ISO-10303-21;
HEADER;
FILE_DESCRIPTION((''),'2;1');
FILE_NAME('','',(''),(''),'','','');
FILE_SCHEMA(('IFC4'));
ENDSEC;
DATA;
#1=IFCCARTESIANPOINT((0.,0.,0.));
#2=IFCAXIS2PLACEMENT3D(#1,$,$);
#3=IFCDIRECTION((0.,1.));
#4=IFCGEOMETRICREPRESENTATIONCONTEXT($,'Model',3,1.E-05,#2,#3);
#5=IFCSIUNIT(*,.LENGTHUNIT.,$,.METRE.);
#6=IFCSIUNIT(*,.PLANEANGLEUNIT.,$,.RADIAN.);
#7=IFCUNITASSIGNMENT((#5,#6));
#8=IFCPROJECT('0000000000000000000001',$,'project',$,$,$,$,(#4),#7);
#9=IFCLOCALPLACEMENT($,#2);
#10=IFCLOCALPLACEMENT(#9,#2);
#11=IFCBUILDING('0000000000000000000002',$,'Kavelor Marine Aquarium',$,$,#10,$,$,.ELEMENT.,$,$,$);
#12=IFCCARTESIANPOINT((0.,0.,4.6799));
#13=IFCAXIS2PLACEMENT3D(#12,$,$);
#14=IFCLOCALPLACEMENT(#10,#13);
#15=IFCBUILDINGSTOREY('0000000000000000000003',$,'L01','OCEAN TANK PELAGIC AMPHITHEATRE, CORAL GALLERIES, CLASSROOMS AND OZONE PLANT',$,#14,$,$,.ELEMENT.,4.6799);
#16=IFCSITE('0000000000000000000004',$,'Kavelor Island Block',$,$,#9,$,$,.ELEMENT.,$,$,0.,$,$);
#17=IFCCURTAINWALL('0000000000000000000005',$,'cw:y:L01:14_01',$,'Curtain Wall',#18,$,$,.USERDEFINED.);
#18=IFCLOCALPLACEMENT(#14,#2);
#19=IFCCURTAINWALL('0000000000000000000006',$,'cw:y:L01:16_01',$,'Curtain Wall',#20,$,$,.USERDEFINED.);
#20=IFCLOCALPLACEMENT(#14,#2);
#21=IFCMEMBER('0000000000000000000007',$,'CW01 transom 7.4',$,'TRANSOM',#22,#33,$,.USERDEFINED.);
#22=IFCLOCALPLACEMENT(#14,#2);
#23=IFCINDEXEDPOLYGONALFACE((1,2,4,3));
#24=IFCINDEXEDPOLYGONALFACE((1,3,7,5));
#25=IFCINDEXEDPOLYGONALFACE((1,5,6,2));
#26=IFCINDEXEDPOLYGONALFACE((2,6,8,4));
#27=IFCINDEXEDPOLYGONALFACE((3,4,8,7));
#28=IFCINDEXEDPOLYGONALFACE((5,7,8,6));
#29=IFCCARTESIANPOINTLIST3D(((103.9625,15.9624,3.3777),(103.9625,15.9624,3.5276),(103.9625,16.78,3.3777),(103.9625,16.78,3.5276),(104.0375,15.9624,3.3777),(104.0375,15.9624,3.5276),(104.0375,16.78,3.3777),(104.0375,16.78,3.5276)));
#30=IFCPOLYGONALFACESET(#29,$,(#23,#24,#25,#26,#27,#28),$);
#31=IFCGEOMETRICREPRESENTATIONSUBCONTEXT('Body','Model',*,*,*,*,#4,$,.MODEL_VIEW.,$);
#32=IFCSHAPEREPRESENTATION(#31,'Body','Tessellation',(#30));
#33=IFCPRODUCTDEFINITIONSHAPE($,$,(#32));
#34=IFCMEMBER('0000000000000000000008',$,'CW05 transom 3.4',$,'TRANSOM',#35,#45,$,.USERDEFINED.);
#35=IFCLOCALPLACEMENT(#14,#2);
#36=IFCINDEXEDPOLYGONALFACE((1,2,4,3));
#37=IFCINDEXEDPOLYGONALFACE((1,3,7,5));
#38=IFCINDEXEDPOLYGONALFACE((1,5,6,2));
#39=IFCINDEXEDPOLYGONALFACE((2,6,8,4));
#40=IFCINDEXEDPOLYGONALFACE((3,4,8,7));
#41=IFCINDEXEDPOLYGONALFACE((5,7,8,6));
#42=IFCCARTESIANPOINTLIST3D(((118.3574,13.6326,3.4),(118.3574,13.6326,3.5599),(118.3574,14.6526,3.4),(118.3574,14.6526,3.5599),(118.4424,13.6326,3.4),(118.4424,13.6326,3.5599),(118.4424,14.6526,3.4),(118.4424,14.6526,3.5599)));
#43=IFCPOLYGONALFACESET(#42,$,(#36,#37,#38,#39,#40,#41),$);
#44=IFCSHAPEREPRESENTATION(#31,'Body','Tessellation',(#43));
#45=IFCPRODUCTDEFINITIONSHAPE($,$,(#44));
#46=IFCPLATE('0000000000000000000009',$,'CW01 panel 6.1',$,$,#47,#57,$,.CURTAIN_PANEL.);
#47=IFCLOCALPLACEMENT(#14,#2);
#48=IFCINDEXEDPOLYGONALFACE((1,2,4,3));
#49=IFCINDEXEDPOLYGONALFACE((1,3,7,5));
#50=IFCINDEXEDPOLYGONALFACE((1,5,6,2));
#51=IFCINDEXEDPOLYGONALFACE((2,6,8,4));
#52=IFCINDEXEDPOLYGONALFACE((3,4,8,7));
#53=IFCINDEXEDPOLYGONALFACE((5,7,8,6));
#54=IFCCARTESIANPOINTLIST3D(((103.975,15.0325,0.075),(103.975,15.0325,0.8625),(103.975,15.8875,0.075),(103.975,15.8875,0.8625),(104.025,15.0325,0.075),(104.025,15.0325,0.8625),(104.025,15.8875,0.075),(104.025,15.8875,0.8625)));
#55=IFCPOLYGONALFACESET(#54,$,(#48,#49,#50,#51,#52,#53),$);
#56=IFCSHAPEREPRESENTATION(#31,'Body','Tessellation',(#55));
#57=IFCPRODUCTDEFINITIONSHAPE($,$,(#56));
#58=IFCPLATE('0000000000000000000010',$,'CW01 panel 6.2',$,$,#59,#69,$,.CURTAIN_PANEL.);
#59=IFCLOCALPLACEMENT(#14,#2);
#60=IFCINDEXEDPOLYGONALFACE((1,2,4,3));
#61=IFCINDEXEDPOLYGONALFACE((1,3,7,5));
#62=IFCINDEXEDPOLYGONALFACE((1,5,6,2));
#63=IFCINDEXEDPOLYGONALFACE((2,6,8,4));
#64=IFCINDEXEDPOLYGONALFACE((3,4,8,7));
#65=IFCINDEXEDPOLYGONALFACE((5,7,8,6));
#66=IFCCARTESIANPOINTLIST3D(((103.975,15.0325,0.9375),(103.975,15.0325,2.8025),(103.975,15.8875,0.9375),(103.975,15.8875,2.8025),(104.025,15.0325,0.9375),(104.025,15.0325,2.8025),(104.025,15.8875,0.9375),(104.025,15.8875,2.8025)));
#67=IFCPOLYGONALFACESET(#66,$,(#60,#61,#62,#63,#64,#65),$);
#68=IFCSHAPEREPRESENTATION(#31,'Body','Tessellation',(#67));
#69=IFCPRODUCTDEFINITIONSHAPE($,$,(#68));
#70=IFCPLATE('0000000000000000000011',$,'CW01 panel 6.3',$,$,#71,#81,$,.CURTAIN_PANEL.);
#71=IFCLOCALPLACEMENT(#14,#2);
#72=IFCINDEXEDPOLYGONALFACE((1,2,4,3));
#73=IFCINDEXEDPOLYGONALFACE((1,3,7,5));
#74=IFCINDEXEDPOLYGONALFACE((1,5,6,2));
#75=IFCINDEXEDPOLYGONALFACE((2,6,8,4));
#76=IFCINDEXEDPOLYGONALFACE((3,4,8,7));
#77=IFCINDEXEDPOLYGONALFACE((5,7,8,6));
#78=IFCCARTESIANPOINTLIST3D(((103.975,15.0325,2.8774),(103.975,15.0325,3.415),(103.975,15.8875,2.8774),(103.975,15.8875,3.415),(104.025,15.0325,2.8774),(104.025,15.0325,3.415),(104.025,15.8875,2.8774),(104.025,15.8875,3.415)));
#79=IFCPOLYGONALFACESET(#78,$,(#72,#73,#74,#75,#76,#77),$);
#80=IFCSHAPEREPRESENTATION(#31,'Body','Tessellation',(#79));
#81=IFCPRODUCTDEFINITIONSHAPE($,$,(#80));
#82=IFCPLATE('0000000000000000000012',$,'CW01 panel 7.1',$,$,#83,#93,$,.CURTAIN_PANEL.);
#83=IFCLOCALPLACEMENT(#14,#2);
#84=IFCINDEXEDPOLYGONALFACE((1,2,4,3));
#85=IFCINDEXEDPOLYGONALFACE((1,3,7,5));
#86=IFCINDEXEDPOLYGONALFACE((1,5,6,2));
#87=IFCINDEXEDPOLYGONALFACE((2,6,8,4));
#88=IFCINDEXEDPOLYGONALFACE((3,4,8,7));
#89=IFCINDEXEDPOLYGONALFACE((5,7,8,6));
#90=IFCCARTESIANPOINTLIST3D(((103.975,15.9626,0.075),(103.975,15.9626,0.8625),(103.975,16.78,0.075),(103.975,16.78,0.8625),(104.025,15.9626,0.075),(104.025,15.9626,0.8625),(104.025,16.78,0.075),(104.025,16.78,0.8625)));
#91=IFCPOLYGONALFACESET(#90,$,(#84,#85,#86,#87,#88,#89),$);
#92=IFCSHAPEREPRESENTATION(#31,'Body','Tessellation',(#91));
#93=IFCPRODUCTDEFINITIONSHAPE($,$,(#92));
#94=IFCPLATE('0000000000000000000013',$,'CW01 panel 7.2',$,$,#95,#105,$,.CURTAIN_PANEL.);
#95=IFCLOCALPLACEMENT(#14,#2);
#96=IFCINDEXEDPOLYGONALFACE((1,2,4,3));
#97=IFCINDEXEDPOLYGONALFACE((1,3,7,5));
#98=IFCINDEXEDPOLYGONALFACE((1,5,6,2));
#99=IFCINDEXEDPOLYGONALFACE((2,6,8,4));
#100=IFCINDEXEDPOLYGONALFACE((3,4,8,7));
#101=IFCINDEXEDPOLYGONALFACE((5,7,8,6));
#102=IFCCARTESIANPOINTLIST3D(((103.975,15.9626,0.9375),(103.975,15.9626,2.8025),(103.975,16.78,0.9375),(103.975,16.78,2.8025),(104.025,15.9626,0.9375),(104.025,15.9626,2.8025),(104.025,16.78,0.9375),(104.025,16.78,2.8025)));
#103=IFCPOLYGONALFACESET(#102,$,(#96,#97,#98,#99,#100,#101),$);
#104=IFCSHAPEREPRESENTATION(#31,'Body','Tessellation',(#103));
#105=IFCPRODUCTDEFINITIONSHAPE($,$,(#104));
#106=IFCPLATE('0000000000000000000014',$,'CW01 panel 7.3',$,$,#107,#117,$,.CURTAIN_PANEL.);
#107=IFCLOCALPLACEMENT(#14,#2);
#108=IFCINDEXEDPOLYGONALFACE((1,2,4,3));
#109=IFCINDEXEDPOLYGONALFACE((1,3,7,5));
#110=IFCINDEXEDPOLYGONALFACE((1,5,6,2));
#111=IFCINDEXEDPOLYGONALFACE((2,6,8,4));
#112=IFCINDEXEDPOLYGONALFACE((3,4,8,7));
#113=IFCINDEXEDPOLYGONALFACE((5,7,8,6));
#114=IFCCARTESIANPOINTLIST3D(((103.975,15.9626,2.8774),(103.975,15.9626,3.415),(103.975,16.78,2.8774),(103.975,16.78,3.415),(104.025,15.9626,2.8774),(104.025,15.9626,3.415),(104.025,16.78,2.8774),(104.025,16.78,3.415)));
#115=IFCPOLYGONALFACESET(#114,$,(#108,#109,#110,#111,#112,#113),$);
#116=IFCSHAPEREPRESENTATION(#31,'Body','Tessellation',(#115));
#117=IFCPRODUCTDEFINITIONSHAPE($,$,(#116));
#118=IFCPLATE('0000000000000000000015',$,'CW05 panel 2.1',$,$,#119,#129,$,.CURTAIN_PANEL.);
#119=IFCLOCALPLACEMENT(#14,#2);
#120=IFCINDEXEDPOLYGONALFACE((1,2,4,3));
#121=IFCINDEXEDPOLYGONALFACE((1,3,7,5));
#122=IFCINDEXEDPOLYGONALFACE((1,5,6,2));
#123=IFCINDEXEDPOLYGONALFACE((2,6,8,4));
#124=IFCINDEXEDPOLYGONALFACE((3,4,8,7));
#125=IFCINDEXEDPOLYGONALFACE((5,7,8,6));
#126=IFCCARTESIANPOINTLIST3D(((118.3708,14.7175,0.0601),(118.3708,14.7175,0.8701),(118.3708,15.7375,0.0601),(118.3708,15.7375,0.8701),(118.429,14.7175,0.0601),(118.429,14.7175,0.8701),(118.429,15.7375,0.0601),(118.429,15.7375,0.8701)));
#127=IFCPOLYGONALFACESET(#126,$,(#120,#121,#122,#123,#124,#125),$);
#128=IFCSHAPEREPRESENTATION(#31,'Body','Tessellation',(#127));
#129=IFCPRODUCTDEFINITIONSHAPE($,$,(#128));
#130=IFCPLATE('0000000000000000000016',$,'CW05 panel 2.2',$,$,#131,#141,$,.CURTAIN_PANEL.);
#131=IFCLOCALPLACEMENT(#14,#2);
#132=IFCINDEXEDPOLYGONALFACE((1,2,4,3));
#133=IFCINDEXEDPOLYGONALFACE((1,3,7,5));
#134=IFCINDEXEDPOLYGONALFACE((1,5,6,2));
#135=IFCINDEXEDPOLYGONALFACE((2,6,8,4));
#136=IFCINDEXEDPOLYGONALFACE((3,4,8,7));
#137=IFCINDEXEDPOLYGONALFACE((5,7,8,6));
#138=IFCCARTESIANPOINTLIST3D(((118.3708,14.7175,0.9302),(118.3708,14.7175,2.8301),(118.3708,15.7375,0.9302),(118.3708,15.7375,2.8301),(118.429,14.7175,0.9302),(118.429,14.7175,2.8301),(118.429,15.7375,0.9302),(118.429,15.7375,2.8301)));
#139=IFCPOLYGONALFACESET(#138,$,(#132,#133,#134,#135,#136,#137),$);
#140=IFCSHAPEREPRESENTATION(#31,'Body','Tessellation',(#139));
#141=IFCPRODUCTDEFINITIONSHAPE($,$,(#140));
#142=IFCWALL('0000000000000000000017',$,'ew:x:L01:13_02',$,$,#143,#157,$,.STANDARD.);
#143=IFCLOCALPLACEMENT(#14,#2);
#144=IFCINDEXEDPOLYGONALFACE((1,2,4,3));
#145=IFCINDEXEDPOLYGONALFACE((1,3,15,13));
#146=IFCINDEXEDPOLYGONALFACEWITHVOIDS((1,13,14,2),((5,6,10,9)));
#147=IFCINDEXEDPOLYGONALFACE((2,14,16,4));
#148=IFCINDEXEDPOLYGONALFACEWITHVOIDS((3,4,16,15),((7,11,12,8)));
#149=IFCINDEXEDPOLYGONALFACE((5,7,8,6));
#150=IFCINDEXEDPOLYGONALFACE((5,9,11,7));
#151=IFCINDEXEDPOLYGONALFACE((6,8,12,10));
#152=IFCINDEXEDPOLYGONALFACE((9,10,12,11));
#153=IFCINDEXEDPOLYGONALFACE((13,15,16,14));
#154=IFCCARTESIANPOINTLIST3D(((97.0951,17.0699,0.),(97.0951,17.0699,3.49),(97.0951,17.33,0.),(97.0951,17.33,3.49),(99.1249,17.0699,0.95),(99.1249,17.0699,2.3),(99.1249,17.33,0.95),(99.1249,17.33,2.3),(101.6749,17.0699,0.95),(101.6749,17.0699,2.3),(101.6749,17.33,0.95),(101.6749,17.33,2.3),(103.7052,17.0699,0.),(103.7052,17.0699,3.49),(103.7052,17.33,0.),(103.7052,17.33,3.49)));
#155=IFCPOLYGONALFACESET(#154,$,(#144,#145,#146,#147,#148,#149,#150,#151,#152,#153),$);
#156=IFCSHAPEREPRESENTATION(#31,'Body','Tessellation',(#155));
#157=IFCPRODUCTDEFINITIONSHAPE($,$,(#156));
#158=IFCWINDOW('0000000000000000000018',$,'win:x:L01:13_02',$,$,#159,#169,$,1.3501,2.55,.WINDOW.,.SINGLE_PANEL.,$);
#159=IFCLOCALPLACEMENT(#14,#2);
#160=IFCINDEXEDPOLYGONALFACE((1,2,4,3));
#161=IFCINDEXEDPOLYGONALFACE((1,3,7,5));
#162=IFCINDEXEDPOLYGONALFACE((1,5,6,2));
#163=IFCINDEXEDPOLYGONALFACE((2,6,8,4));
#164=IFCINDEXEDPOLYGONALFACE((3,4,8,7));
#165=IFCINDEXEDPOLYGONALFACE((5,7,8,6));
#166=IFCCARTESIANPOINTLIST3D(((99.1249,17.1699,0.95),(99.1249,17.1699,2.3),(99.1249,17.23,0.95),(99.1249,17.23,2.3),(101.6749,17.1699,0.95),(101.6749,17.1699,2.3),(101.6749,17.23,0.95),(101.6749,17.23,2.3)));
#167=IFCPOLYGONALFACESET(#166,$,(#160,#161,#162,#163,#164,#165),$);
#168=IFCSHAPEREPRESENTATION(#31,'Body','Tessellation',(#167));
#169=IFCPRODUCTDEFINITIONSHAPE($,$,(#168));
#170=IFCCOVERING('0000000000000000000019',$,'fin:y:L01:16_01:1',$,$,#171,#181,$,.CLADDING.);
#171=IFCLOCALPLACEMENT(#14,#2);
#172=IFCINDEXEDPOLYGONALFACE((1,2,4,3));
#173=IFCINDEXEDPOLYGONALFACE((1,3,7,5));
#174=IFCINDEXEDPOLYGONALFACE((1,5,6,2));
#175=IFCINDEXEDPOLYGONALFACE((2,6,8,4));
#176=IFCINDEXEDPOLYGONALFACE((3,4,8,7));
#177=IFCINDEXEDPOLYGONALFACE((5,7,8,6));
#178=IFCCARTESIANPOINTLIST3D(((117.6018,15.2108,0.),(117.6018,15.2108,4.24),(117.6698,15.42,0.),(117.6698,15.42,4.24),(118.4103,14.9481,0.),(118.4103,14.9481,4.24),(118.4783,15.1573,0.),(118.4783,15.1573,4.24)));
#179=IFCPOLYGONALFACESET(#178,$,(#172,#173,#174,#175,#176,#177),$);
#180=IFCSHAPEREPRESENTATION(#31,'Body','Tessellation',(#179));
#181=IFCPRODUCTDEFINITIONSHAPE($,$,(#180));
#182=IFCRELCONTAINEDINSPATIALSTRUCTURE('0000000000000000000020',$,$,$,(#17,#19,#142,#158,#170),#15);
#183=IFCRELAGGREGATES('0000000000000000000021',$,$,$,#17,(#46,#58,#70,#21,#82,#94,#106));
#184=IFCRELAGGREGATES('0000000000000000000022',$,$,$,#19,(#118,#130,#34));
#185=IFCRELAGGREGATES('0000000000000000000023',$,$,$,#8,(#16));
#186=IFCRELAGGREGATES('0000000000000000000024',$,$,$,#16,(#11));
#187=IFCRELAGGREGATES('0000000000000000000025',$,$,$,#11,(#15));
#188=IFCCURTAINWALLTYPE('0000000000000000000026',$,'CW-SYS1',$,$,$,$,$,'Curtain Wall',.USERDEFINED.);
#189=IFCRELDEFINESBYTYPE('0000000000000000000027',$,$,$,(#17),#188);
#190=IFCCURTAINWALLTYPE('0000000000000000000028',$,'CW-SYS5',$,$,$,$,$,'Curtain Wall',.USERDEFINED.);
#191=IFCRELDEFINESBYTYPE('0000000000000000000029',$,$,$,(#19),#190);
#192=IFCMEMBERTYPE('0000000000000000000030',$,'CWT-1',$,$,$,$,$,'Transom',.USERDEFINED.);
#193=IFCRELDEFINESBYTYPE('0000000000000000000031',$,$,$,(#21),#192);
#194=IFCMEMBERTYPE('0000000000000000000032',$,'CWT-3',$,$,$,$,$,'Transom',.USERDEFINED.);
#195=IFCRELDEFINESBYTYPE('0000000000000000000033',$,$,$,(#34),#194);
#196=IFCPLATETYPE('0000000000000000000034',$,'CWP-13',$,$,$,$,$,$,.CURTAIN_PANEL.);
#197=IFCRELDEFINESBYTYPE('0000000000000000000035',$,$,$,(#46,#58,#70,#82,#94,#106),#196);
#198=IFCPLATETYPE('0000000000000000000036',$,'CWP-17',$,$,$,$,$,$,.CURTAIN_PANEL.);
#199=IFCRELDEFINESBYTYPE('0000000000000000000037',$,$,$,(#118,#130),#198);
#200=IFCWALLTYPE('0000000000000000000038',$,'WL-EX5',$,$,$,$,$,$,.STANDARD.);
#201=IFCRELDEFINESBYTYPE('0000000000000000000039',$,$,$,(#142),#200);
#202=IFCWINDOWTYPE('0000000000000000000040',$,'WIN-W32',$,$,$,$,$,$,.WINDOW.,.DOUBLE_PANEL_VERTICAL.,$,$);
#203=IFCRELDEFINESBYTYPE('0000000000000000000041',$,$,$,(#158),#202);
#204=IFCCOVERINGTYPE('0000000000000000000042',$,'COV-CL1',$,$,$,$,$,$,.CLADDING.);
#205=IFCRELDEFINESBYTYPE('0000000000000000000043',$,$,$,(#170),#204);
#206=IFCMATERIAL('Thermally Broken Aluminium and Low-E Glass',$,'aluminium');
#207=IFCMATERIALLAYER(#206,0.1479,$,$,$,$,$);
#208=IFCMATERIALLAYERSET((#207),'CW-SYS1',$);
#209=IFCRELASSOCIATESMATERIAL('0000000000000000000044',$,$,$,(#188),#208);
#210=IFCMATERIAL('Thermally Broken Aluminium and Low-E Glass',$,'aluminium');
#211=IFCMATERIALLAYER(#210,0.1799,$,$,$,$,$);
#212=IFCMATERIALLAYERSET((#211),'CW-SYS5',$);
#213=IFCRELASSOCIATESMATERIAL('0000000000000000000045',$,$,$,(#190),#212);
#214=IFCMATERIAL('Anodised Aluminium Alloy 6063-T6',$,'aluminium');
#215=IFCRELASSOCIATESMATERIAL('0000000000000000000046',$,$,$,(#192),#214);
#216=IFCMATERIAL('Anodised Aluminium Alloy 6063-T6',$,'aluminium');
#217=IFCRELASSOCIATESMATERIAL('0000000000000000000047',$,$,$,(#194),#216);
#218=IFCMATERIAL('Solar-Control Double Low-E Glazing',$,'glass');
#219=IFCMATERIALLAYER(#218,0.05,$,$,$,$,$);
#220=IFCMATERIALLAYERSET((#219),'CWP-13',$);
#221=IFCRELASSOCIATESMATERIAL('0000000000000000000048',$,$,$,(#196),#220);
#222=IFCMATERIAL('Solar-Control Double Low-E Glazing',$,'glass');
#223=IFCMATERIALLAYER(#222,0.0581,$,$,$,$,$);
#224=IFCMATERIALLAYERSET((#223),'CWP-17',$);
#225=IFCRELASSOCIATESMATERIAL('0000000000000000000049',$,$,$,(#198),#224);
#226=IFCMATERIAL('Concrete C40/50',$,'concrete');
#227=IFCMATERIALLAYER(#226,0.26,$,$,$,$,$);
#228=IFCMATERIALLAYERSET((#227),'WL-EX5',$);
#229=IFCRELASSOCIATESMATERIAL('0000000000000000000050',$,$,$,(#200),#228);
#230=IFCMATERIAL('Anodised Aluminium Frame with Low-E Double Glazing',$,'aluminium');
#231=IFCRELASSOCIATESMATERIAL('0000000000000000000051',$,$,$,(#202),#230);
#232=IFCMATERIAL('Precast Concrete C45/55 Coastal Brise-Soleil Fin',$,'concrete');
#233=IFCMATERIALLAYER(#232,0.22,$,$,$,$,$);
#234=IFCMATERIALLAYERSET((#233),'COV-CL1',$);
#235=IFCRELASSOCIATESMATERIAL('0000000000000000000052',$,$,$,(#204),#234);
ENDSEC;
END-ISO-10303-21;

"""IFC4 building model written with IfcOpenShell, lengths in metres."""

from ifc_helpers import new_model, si_unit, direction, frame, frame_2d, origin, origin_2d, place, context, subcontext, project, spatial, rectangle, extrude, material, layer, layer_set, material_profile, profile_set, type_object, element, fill, aggregate, save


model = new_model("IFC4")

# Units and contexts
model_context = context("Model", 3, precision=1e-05, world=origin(), true_north=direction((0.0, 1.0)))
body_context = subcontext(model_context, "Body", "Model", "MODEL_VIEW")
ifc_project = project(units=[si_unit("LENGTHUNIT", "METRE"), si_unit("PLANEANGLEUNIT", "RADIAN")], contexts=[model_context])

# Site, building, storey
site_placement = place(None, origin())
site = spatial("IfcSite", under=ifc_project, at=site_placement, Name="Kavelor Island Block", CompositionType="ELEMENT", RefElevation=0.0)
building_placement = place(site_placement, origin())
building = spatial("IfcBuilding", under=site, at=building_placement, Name="Kavelor Marine Aquarium", CompositionType="ELEMENT")
storey_placement = place(building_placement, frame((0.0, 0.0, 4.6799)))
storey = spatial("IfcBuildingStorey", under=building, at=storey_placement, Name="L01", Description="OCEAN TANK PELAGIC AMPHITHEATRE, CORAL GALLERIES, CLASSROOMS AND OZONE PLANT", CompositionType="ELEMENT", Elevation=4.6799)

# Curtain wall
ifc_material_1 = material(Name="Thermally Broken Aluminium and Low-E Glass", Category="aluminium")
ifc_layer_1 = layer(ifc_material_1, 0.1479)
ifc_layer_set_1 = layer_set([ifc_layer_1], Name="CW-SYS1")
curtain_wall_type_1 = type_object("IfcCurtainWallType", Name="CW-SYS1", ElementType="Curtain Wall", PredefinedType="USERDEFINED", material=ifc_layer_set_1)
curtain_wall_1_placement = place(storey_placement, origin())
curtain_wall_1 = element("IfcCurtainWall", 1, at=curtain_wall_1_placement, inside=storey, type_object=curtain_wall_type_1, Name="cw:y:L01:14_01", ObjectType="Curtain Wall", PredefinedType="USERDEFINED")

# Curtain wall
ifc_material_2 = material(Name="Thermally Broken Aluminium and Low-E Glass", Category="aluminium")
ifc_layer_2 = layer(ifc_material_2, 0.1799)
ifc_layer_set_2 = layer_set([ifc_layer_2], Name="CW-SYS5")
curtain_wall_type_2 = type_object("IfcCurtainWallType", Name="CW-SYS5", ElementType="Curtain Wall", PredefinedType="USERDEFINED", material=ifc_layer_set_2)
curtain_wall_2_placement = place(storey_placement, origin())
curtain_wall_2 = element("IfcCurtainWall", 2, at=curtain_wall_2_placement, inside=storey, type_object=curtain_wall_type_2, Name="cw:y:L01:16_01", ObjectType="Curtain Wall", PredefinedType="USERDEFINED")

# Members
ifc_material_3 = material(Name="Anodised Aluminium Alloy 6063-T6", Category="aluminium")
ifc_material_profile_1 = material_profile(ifc_material_3, rectangle(XDim=0.075, YDim=0.1499, at=origin_2d()), Name="CW-TRN 75x150")
ifc_profile_set_1 = profile_set([ifc_material_profile_1], Name="Anodised Aluminium Alloy 6063-T6")
member_type_1 = type_object("IfcMemberType", Name="CWT-1", ElementType="Transom", PredefinedType="USERDEFINED", material=ifc_profile_set_1)
member_1_placement = place(storey_placement, frame((104.0, 15.9624, 3.4526), z_axis=(0.0, 1.0, 0.0), x_axis=(-1.0, 0.0, 0.0)))
member_1 = element("IfcMember", 3, at=member_1_placement, type_object=member_type_1, Name="CW01 transom 7.4", ObjectType="TRANSOM", PredefinedType="USERDEFINED", context=body_context, shape_type="SweptSolid", body=[
    extrude(rectangle(XDim=0.075, YDim=0.1499, at=origin_2d()), origin(), (0.0, 0.0, 1.0), 0.8176),
])
ifc_material_4 = material(Name="Anodised Aluminium Alloy 6063-T6", Category="aluminium")
ifc_material_profile_2 = material_profile(ifc_material_4, rectangle(XDim=0.085, YDim=0.1599, at=origin_2d()), Name="CW-TRN 85x160")
ifc_profile_set_2 = profile_set([ifc_material_profile_2], Name="Anodised Aluminium Alloy 6063-T6")
member_type_2 = type_object("IfcMemberType", Name="CWT-3", ElementType="Transom", PredefinedType="USERDEFINED", material=ifc_profile_set_2)
member_2_placement = place(storey_placement, frame((118.3999, 14.6526, 3.48), z_axis=(0.0, -1.0, 0.0), x_axis=(1.0, 0.0, 0.0)))
member_2 = element("IfcMember", 4, at=member_2_placement, type_object=member_type_2, Name="CW05 transom 3.4", ObjectType="TRANSOM", PredefinedType="USERDEFINED", context=body_context, shape_type="SweptSolid", body=[
    extrude(rectangle(XDim=0.085, YDim=0.1599, at=origin_2d()), origin(), (0.0, 0.0, 1.0), 1.02),
])

# Plates
ifc_material_5 = material(Name="Solar-Control Double Low-E Glazing", Category="glass")
ifc_layer_3 = layer(ifc_material_5, 0.05)
ifc_layer_set_3 = layer_set([ifc_layer_3], Name="CWP-13")
plate_type_1 = type_object("IfcPlateType", Name="CWP-13", PredefinedType="CURTAIN_PANEL", material=ifc_layer_set_3)
plate_1_placement = place(storey_placement, frame((104.0, 15.46, 0.075), z_axis=(0.0, 0.0, 1.0), x_axis=(0.0, 1.0, 0.0)))
plate_1 = element("IfcPlate", 5, at=plate_1_placement, type_object=plate_type_1, Name="CW01 panel 6.1", PredefinedType="CURTAIN_PANEL", context=body_context, shape_type="SweptSolid", body=[
    extrude(rectangle(XDim=0.855, YDim=0.05, at=origin_2d()), origin(), (0.0, 0.0, 1.0), 0.7876),
])
plate_2_placement = place(storey_placement, frame((104.0, 15.46, 0.9375), z_axis=(0.0, 0.0, 1.0), x_axis=(0.0, 1.0, 0.0)))
plate_2 = element("IfcPlate", 6, at=plate_2_placement, type_object=plate_type_1, Name="CW01 panel 6.2", PredefinedType="CURTAIN_PANEL", context=body_context, shape_type="SweptSolid", body=[
    extrude(rectangle(XDim=0.855, YDim=0.05, at=origin_2d()), origin(), (0.0, 0.0, 1.0), 1.865),
])
plate_3_placement = place(storey_placement, frame((104.0, 15.46, 2.8774), z_axis=(0.0, 0.0, 1.0), x_axis=(0.0, 1.0, 0.0)))
plate_3 = element("IfcPlate", 7, at=plate_3_placement, type_object=plate_type_1, Name="CW01 panel 6.3", PredefinedType="CURTAIN_PANEL", context=body_context, shape_type="SweptSolid", body=[
    extrude(rectangle(XDim=0.855, YDim=0.05, at=origin_2d()), origin(), (0.0, 0.0, 1.0), 0.5376),
])
plate_4_placement = place(storey_placement, frame((104.0, 16.3713, 0.075), z_axis=(0.0, 0.0, 1.0), x_axis=(0.0, 1.0, 0.0)))
plate_4 = element("IfcPlate", 8, at=plate_4_placement, type_object=plate_type_1, Name="CW01 panel 7.1", PredefinedType="CURTAIN_PANEL", context=body_context, shape_type="SweptSolid", body=[
    extrude(rectangle(XDim=0.8174, YDim=0.05, at=origin_2d()), origin(), (0.0, 0.0, 1.0), 0.7876),
])
plate_5_placement = place(storey_placement, frame((104.0, 16.3713, 0.9375), z_axis=(0.0, 0.0, 1.0), x_axis=(0.0, 1.0, 0.0)))
plate_5 = element("IfcPlate", 9, at=plate_5_placement, type_object=plate_type_1, Name="CW01 panel 7.2", PredefinedType="CURTAIN_PANEL", context=body_context, shape_type="SweptSolid", body=[
    extrude(rectangle(XDim=0.8174, YDim=0.05, at=origin_2d()), origin(), (0.0, 0.0, 1.0), 1.865),
])
plate_6_placement = place(storey_placement, frame((104.0, 16.3713, 2.8774), z_axis=(0.0, 0.0, 1.0), x_axis=(0.0, 1.0, 0.0)))
plate_6 = element("IfcPlate", 10, at=plate_6_placement, type_object=plate_type_1, Name="CW01 panel 7.3", PredefinedType="CURTAIN_PANEL", context=body_context, shape_type="SweptSolid", body=[
    extrude(rectangle(XDim=0.8174, YDim=0.05, at=origin_2d()), origin(), (0.0, 0.0, 1.0), 0.5376),
])
aggregate(curtain_wall_1, [plate_1, plate_2, plate_3, member_1, plate_4, plate_5, plate_6])
ifc_material_6 = material(Name="Solar-Control Double Low-E Glazing", Category="glass")
ifc_layer_4 = layer(ifc_material_6, 0.0581)
ifc_layer_set_4 = layer_set([ifc_layer_4], Name="CWP-17")
plate_type_2 = type_object("IfcPlateType", Name="CWP-17", PredefinedType="CURTAIN_PANEL", material=ifc_layer_set_4)
plate_7_placement = place(storey_placement, frame((118.3999, 15.2275, 0.0601), z_axis=(0.0, 0.0, 1.0), x_axis=(0.0, -1.0, 0.0)))
plate_7 = element("IfcPlate", 11, at=plate_7_placement, type_object=plate_type_2, Name="CW05 panel 2.1", PredefinedType="CURTAIN_PANEL", context=body_context, shape_type="SweptSolid", body=[
    extrude(rectangle(XDim=1.02, YDim=0.0581, at=origin_2d()), origin(), (0.0, 0.0, 1.0), 0.8101),
])
plate_8_placement = place(storey_placement, frame((118.3999, 15.2275, 0.9302), z_axis=(0.0, 0.0, 1.0), x_axis=(0.0, -1.0, 0.0)))
plate_8 = element("IfcPlate", 12, at=plate_8_placement, type_object=plate_type_2, Name="CW05 panel 2.2", PredefinedType="CURTAIN_PANEL", context=body_context, shape_type="SweptSolid", body=[
    extrude(rectangle(XDim=1.02, YDim=0.0581, at=origin_2d()), origin(), (0.0, 0.0, 1.0), 1.8999),
])
aggregate(curtain_wall_2, [plate_7, plate_8, member_2])

# Wall, opening, window
ifc_material_7 = material(Name="Concrete C40/50", Category="concrete")
ifc_layer_5 = layer(ifc_material_7, 0.26)
ifc_layer_set_5 = layer_set([ifc_layer_5], Name="WL-EX5")
wall_type = type_object("IfcWallType", Name="WL-EX5", PredefinedType="STANDARD", material=ifc_layer_set_5)
wall_placement = place(storey_placement, frame((97.095, 17.2, 0.0), z_axis=(0.0, 0.0, 1.0), x_axis=(1.0, 0.0, 0.0)))
wall = element("IfcWall", 13, at=wall_placement, inside=storey, type_object=wall_type, Name="ew:x:L01:13_02", PredefinedType="STANDARD", context=body_context, shape_type="SweptSolid", body=[
    extrude(rectangle(XDim=6.6101, YDim=0.26, at=frame_2d((3.3052, 0.0))), origin(), (0.0, 0.0, 1.0), 3.49),
])
opening_placement = place(wall_placement, frame((2.03, 0.0, 0.95)))
opening = element("IfcOpeningElement", 14, at=opening_placement, cuts=wall, PredefinedType="OPENING", context=body_context, shape_type="SweptSolid", body=[
    extrude(rectangle(XDim=2.55, YDim=1.3501, at=frame_2d((1.2749, 0.675))), frame((0.0, 0.1399, 0.0), z_axis=(0.0, -1.0, 0.0), x_axis=(1.0, 0.0, 0.0)), (0.0, 0.0, 1.0), 0.28),
])
ifc_material_8 = material(Name="Anodised Aluminium Frame with Low-E Double Glazing", Category="aluminium")
window_type = type_object("IfcWindowType", Name="WIN-W32", PartitioningType="DOUBLE_PANEL_VERTICAL", PredefinedType="WINDOW", material=ifc_material_8)
window_placement = place(opening_placement, origin())
window = element("IfcWindow", 15, at=window_placement, inside=storey, type_object=window_type, Name="win:x:L01:13_02", OverallHeight=1.3501, OverallWidth=2.55, PartitioningType="SINGLE_PANEL", PredefinedType="WINDOW", context=body_context, shape_type="SweptSolid", body=[
    extrude(rectangle(XDim=2.55, YDim=1.3501, at=frame_2d((1.2749, 0.675))), frame((0.0, 0.03, 0.0), z_axis=(0.0, -1.0, 0.0), x_axis=(1.0, 0.0, 0.0)), (0.0, 0.0, 1.0), 0.0601),
])
fill(opening, window)

# Covering
ifc_material_9 = material(Name="Precast Concrete C45/55 Coastal Brise-Soleil Fin", Category="concrete")
ifc_layer_6 = layer(ifc_material_9, 0.22)
ifc_layer_set_6 = layer_set([ifc_layer_6], Name="COV-CL1")
covering_type = type_object("IfcCoveringType", Name="COV-CL1", PredefinedType="CLADDING", material=ifc_layer_set_6)
for number, where, z_axis, x_axis, name in (
    (16, (118.04, 15.1841, 0.0), (0.0, 0.0, 1.0), (0.951057, -0.309017, 0.0), "fin:y:L01:16_01:1"),
):
    element("IfcCovering", number, at=place(storey_placement, frame(where, z_axis=z_axis, x_axis=x_axis)), inside=storey, type_object=covering_type, Name=name, PredefinedType="CLADDING", context=body_context, shape_type="SweptSolid", body=[
        extrude(rectangle(XDim=0.8501, YDim=0.22, at=origin_2d()), origin(), (0.0, 0.0, 1.0), 4.24),
    ])

save(model, "model.ifc")
